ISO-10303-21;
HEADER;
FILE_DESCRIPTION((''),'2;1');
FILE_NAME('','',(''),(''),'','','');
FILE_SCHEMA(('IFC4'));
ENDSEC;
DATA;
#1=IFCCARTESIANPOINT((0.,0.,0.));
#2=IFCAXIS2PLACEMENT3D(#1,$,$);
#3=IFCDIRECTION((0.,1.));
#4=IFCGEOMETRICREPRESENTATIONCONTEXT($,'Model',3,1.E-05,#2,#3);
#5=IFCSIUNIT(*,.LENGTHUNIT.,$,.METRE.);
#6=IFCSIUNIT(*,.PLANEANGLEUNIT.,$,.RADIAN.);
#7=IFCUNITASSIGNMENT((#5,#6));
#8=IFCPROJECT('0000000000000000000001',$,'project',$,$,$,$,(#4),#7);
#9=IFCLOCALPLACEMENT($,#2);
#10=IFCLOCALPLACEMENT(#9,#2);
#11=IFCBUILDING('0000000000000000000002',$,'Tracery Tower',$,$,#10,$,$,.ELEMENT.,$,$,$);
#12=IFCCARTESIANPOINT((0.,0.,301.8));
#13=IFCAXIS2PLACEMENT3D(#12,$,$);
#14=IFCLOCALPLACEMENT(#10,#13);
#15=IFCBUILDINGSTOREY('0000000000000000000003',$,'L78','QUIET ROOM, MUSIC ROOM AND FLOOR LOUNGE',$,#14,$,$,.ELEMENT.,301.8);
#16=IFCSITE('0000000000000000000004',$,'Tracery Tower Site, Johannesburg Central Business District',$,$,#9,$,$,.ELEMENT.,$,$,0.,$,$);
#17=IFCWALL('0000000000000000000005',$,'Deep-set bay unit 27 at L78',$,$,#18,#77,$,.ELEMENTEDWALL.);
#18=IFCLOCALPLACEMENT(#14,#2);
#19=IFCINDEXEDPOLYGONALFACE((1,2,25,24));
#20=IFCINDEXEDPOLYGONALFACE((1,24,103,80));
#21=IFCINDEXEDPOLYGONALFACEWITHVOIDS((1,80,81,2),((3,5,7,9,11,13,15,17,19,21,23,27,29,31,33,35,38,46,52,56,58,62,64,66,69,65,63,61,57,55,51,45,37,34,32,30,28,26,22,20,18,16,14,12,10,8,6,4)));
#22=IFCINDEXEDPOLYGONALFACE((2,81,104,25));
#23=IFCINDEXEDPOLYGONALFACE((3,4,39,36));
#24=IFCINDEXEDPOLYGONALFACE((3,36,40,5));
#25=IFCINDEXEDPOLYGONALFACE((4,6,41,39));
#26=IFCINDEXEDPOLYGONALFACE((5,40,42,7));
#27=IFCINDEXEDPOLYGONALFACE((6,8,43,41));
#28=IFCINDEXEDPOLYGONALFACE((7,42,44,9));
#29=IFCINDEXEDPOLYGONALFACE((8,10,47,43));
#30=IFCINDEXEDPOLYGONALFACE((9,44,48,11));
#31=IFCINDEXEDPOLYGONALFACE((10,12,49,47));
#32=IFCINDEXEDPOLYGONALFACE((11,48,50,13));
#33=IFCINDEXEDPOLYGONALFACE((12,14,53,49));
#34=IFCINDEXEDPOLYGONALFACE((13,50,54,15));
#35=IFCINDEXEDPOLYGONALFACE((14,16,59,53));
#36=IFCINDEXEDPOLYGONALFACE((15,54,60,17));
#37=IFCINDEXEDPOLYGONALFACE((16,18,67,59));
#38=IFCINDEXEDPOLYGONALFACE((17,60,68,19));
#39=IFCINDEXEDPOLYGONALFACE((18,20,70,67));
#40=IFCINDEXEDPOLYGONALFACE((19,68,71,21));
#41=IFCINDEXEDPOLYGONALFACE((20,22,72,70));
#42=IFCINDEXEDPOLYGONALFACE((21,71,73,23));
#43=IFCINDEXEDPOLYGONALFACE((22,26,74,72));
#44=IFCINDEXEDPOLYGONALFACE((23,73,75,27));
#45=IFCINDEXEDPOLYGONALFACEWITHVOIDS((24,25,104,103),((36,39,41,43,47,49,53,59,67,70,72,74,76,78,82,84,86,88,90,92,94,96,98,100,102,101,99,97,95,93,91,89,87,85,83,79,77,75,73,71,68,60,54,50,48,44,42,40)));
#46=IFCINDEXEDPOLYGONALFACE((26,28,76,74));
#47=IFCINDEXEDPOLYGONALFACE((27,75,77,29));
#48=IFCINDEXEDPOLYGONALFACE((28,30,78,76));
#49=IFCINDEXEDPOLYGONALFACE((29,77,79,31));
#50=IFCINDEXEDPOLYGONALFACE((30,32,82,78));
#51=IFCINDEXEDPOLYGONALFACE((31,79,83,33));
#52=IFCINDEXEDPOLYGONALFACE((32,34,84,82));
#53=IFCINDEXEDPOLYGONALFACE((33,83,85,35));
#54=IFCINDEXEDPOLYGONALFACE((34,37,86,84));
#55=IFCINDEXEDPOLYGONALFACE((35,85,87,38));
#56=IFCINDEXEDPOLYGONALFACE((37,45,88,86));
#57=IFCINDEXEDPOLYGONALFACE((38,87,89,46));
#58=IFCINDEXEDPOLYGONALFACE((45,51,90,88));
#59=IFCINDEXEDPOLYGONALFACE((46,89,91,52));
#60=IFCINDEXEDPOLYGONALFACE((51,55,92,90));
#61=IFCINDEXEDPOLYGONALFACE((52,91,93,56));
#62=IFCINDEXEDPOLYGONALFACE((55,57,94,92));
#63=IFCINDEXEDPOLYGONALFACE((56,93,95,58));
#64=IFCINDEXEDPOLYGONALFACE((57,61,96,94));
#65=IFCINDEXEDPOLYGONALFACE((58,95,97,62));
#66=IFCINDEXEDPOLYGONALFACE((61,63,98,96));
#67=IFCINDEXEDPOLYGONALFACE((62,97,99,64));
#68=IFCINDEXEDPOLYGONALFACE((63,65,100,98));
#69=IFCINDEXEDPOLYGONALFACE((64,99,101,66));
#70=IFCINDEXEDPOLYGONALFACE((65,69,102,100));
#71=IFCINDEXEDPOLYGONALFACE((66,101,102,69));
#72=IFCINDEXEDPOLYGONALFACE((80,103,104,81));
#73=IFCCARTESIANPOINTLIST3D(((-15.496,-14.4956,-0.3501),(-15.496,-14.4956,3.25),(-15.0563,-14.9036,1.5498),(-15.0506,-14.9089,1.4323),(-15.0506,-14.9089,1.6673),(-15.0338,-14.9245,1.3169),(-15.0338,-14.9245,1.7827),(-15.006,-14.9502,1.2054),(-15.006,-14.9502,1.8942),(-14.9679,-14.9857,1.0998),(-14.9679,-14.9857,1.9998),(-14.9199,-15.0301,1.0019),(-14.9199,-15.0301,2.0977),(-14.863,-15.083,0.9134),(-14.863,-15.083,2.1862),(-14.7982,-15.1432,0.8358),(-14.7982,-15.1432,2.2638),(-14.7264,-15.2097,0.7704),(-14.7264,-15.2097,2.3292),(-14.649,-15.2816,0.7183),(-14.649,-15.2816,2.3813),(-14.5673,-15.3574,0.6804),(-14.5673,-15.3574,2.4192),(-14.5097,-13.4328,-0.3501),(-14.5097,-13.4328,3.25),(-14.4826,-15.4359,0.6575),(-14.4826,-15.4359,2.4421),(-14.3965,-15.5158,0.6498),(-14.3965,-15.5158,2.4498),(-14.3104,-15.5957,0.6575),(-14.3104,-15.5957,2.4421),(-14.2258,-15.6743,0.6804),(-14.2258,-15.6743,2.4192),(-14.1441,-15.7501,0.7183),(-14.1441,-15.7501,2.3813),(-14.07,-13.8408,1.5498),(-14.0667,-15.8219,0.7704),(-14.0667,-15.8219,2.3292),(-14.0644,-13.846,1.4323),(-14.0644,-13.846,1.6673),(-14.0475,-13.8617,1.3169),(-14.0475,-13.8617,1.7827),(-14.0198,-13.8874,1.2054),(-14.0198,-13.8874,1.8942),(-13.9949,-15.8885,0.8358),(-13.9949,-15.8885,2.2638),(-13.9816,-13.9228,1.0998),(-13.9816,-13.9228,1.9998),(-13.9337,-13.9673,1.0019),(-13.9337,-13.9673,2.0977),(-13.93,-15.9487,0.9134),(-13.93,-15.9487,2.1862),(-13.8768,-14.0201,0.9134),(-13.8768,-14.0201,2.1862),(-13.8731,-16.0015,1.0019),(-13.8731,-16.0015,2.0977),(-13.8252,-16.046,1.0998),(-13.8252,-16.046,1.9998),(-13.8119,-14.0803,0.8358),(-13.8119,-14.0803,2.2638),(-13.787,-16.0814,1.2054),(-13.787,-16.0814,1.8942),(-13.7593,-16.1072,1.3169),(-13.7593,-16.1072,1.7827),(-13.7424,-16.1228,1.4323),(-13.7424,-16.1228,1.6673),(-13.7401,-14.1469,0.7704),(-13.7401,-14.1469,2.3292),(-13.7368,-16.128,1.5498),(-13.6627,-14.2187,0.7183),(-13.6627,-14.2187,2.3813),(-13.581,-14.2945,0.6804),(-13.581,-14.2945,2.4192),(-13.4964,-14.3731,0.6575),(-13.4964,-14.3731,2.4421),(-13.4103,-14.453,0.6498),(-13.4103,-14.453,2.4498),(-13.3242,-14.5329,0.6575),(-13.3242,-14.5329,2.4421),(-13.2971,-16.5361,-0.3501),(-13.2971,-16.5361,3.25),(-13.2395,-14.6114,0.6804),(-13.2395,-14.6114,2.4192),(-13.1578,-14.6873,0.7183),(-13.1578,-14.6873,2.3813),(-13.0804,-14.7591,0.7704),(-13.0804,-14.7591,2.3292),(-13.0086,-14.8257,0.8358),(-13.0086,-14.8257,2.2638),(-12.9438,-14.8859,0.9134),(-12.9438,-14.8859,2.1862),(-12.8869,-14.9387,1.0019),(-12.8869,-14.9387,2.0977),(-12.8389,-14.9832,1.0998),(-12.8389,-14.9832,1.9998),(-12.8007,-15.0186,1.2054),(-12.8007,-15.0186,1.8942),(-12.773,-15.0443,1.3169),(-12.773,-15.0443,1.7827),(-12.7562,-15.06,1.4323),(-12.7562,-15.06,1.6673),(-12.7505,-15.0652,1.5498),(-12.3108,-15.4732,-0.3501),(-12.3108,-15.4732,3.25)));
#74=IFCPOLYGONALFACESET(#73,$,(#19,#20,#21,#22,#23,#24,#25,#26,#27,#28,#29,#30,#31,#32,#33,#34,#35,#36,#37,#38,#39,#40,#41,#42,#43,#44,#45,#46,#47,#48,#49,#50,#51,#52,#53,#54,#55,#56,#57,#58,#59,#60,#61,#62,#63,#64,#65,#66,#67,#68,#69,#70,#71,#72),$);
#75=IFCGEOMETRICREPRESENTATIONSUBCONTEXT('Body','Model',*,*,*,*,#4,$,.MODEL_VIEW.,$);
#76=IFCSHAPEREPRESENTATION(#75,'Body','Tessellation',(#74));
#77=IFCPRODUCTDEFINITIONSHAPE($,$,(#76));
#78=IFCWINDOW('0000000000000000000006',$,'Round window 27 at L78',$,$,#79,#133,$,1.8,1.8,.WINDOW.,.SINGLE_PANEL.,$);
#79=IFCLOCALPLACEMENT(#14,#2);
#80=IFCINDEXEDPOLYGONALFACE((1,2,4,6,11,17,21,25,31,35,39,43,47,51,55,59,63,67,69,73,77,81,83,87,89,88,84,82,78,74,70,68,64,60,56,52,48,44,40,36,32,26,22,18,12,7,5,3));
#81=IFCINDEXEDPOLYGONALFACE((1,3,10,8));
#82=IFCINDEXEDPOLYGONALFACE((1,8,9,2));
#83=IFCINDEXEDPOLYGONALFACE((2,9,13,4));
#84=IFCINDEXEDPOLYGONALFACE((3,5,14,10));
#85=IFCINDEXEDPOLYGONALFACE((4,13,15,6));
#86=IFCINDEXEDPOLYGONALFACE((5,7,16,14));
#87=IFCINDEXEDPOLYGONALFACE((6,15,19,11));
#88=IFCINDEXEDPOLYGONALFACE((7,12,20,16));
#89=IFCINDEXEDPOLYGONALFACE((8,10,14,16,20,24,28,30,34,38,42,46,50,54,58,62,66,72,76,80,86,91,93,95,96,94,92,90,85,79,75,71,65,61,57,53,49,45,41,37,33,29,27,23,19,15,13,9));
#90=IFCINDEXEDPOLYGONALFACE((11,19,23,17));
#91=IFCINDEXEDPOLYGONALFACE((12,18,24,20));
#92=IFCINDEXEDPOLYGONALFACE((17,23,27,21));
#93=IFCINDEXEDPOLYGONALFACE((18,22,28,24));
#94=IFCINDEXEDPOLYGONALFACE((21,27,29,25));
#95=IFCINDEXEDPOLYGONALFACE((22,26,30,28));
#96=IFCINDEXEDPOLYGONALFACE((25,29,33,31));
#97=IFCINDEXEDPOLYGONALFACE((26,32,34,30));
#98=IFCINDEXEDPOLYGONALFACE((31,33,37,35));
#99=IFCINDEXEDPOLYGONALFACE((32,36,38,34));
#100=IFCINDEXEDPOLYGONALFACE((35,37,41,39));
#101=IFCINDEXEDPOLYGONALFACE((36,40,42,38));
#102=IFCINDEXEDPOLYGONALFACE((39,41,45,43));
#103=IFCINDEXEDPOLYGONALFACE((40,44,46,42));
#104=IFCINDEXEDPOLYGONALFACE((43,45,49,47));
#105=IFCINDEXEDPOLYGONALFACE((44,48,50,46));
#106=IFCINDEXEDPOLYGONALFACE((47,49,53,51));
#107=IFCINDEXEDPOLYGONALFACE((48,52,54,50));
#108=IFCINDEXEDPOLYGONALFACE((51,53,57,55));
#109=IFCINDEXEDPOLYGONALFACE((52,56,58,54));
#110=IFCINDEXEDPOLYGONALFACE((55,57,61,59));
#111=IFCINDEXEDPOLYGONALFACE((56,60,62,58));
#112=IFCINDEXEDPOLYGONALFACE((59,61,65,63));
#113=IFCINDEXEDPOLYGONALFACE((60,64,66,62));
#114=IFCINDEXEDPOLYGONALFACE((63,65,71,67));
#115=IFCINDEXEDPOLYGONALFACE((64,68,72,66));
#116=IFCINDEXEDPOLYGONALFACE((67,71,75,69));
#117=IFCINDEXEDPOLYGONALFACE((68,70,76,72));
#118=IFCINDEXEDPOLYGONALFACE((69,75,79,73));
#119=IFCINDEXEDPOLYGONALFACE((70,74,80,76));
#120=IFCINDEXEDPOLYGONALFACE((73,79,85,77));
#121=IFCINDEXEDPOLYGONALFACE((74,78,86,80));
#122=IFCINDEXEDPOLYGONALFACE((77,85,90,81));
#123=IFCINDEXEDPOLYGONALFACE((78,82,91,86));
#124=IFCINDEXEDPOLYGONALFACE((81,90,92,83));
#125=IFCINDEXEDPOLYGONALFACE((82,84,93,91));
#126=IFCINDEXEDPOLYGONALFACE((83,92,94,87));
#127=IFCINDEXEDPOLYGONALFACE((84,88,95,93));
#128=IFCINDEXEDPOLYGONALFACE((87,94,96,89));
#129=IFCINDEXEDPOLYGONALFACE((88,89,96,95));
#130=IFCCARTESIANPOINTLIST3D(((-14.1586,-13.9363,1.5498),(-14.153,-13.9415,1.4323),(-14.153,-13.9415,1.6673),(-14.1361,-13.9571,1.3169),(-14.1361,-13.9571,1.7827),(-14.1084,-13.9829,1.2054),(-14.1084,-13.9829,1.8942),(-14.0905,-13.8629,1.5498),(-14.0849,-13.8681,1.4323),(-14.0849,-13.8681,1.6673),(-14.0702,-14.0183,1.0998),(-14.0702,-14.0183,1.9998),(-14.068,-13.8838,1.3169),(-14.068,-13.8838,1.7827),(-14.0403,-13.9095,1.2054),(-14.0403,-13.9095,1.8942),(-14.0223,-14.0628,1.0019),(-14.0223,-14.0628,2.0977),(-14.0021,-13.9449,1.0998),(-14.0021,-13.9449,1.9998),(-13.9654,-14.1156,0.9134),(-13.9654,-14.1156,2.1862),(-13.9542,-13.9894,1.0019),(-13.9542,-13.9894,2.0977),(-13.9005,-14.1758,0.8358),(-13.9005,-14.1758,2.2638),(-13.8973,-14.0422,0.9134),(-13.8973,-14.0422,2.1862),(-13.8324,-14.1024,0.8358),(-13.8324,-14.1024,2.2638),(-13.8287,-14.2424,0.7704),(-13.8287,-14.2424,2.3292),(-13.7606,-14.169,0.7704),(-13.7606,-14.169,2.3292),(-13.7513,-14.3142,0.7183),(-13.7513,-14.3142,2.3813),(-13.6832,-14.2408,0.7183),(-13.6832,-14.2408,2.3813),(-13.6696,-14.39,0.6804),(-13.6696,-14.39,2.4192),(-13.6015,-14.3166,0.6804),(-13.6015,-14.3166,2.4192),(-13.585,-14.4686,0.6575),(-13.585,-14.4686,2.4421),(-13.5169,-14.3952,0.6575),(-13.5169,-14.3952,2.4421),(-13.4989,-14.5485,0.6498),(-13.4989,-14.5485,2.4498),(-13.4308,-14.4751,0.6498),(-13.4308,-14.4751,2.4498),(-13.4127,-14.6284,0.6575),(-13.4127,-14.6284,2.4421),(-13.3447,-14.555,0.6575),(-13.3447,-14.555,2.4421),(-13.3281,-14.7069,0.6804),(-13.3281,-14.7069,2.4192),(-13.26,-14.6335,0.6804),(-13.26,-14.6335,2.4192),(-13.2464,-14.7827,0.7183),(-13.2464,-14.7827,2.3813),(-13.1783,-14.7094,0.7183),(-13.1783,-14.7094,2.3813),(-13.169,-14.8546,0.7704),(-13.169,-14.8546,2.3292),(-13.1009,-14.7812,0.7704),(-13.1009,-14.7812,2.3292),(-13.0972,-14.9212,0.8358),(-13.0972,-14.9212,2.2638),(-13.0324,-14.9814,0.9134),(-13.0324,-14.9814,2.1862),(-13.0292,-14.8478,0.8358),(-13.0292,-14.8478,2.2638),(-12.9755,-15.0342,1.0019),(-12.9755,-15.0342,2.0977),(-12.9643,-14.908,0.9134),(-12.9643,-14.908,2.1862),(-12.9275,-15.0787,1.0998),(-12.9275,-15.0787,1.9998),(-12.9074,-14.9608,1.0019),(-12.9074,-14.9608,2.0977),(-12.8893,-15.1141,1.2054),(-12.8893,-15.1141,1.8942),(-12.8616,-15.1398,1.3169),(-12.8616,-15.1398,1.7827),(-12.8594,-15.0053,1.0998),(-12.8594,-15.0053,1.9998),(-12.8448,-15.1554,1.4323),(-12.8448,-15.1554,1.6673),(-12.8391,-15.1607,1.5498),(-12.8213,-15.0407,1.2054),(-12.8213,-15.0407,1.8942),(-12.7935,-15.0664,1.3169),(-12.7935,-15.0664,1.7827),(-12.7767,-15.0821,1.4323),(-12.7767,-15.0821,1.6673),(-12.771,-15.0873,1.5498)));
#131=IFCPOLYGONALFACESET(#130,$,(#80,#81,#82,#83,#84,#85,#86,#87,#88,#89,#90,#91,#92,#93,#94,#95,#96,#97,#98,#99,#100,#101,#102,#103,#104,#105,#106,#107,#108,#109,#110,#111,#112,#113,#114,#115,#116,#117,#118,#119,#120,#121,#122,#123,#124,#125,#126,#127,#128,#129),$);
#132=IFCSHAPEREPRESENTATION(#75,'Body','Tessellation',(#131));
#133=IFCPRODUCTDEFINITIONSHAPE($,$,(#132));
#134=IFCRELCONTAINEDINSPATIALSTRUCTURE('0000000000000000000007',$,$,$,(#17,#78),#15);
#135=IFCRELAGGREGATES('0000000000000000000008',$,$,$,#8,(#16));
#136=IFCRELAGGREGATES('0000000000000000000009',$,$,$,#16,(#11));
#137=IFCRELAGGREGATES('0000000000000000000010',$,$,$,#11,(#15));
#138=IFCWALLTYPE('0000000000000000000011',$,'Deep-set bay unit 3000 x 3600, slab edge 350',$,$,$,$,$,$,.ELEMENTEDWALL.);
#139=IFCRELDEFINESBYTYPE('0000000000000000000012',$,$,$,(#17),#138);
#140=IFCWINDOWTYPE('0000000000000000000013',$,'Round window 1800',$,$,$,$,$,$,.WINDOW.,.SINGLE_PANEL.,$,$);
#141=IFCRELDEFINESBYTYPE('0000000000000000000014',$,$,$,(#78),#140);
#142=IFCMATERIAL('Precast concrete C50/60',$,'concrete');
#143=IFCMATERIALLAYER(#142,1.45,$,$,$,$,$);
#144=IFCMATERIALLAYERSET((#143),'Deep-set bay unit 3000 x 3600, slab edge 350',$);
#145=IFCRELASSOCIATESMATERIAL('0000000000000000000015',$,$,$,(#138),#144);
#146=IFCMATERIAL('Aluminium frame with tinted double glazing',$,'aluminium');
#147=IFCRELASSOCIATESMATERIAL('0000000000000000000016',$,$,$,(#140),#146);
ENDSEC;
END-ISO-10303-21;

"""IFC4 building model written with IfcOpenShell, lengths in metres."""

from ifc_helpers import new_model, si_unit, direction, frame, frame_2d, origin, origin_2d, place, context, subcontext, project, spatial, rectangle, circle, extrude, material, layer, layer_set, type_object, element, fill, save


model = new_model("IFC4")

# Units and contexts
model_context = context("Model", 3, precision=1e-05, world=origin(), true_north=direction((0.0, 1.0)))
body_context = subcontext(model_context, "Body", "Model", "MODEL_VIEW")
ifc_project = project(units=[si_unit("LENGTHUNIT", "METRE"), si_unit("PLANEANGLEUNIT", "RADIAN")], contexts=[model_context])

# Site, building, storey
site_placement = place(None, origin())
site = spatial("IfcSite", under=ifc_project, at=site_placement, Name="Tracery Tower Site, Johannesburg Central Business District", CompositionType="ELEMENT", RefElevation=0.0)
building_placement = place(site_placement, origin())
building = spatial("IfcBuilding", under=site, at=building_placement, Name="Tracery Tower", CompositionType="ELEMENT")
storey_placement = place(building_placement, frame((0.0, 0.0, 301.8)))
storey = spatial("IfcBuildingStorey", under=building, at=storey_placement, Name="L78", Description="QUIET ROOM, MUSIC ROOM AND FLOOR LOUNGE", CompositionType="ELEMENT", Elevation=301.8)

# Wall, opening, window
ifc_material_1 = material(Name="Precast concrete C50/60", Category="concrete")
ifc_layer_1 = layer(ifc_material_1, 1.45)
ifc_layer_set_1 = layer_set([ifc_layer_1], Name="Deep-set bay unit 3000 x 3600, slab edge 350")
wall_type_1 = type_object("IfcWallType", Name="Deep-set bay unit 3000 x 3600, slab edge 350", PredefinedType="ELEMENTEDWALL", material=ifc_layer_set_1)
wall_1_placement = place(storey_placement, frame((-15.0029, -13.9641, -0.3501), z_axis=(0.0, 0.0, 1.0), x_axis=(0.733022, -0.680204, 0.0)))
wall_1 = element("IfcWall", 1, at=wall_1_placement, inside=storey, type_object=wall_type_1, Name="Deep-set bay unit 27 at L78", PredefinedType="ELEMENTEDWALL", context=body_context, shape_type="SweptSolid", body=[
    extrude(rectangle(XDim=2.9998, YDim=1.45, at=frame_2d((1.5, 0.0))), origin(), (0.0, 0.0, 1.0), 3.6001),
])
opening_1_placement = place(wall_1_placement, frame((1.5, 0.0, 1.8999)))
opening_1 = element("IfcOpeningElement", 2, at=opening_1_placement, cuts=wall_1, PredefinedType="OPENING", context=body_context, shape_type="SweptSolid", body=[
    extrude(circle(Radius=0.9, at=origin_2d()), frame((0.0, 0.7349, 0.0), z_axis=(0.0, -1.0, 0.0), x_axis=(1.0, 0.0, 0.0)), (0.0, 0.0, 1.0), 1.47),
])
ifc_material_2 = material(Name="Aluminium frame with tinted double glazing", Category="aluminium")
window_type = type_object("IfcWindowType", Name="Round window 1800", PartitioningType="SINGLE_PANEL", PredefinedType="WINDOW", material=ifc_material_2)
window_1_placement = place(opening_1_placement, origin())
window_1 = element("IfcWindow", 3, at=window_1_placement, inside=storey, type_object=window_type, Name="Round window 27 at L78", OverallHeight=1.8, OverallWidth=1.8, PartitioningType="SINGLE_PANEL", PredefinedType="WINDOW", context=body_context, shape_type="SweptSolid", body=[
    extrude(circle(Radius=0.9, at=origin_2d()), frame((0.0, 0.6948, 0.0), z_axis=(0.0, -1.0, 0.0), x_axis=(1.0, 0.0, 0.0)), (0.0, 0.0, 1.0), 0.1001),
])
fill(opening_1, window_1)

save(model, "model.ifc")
